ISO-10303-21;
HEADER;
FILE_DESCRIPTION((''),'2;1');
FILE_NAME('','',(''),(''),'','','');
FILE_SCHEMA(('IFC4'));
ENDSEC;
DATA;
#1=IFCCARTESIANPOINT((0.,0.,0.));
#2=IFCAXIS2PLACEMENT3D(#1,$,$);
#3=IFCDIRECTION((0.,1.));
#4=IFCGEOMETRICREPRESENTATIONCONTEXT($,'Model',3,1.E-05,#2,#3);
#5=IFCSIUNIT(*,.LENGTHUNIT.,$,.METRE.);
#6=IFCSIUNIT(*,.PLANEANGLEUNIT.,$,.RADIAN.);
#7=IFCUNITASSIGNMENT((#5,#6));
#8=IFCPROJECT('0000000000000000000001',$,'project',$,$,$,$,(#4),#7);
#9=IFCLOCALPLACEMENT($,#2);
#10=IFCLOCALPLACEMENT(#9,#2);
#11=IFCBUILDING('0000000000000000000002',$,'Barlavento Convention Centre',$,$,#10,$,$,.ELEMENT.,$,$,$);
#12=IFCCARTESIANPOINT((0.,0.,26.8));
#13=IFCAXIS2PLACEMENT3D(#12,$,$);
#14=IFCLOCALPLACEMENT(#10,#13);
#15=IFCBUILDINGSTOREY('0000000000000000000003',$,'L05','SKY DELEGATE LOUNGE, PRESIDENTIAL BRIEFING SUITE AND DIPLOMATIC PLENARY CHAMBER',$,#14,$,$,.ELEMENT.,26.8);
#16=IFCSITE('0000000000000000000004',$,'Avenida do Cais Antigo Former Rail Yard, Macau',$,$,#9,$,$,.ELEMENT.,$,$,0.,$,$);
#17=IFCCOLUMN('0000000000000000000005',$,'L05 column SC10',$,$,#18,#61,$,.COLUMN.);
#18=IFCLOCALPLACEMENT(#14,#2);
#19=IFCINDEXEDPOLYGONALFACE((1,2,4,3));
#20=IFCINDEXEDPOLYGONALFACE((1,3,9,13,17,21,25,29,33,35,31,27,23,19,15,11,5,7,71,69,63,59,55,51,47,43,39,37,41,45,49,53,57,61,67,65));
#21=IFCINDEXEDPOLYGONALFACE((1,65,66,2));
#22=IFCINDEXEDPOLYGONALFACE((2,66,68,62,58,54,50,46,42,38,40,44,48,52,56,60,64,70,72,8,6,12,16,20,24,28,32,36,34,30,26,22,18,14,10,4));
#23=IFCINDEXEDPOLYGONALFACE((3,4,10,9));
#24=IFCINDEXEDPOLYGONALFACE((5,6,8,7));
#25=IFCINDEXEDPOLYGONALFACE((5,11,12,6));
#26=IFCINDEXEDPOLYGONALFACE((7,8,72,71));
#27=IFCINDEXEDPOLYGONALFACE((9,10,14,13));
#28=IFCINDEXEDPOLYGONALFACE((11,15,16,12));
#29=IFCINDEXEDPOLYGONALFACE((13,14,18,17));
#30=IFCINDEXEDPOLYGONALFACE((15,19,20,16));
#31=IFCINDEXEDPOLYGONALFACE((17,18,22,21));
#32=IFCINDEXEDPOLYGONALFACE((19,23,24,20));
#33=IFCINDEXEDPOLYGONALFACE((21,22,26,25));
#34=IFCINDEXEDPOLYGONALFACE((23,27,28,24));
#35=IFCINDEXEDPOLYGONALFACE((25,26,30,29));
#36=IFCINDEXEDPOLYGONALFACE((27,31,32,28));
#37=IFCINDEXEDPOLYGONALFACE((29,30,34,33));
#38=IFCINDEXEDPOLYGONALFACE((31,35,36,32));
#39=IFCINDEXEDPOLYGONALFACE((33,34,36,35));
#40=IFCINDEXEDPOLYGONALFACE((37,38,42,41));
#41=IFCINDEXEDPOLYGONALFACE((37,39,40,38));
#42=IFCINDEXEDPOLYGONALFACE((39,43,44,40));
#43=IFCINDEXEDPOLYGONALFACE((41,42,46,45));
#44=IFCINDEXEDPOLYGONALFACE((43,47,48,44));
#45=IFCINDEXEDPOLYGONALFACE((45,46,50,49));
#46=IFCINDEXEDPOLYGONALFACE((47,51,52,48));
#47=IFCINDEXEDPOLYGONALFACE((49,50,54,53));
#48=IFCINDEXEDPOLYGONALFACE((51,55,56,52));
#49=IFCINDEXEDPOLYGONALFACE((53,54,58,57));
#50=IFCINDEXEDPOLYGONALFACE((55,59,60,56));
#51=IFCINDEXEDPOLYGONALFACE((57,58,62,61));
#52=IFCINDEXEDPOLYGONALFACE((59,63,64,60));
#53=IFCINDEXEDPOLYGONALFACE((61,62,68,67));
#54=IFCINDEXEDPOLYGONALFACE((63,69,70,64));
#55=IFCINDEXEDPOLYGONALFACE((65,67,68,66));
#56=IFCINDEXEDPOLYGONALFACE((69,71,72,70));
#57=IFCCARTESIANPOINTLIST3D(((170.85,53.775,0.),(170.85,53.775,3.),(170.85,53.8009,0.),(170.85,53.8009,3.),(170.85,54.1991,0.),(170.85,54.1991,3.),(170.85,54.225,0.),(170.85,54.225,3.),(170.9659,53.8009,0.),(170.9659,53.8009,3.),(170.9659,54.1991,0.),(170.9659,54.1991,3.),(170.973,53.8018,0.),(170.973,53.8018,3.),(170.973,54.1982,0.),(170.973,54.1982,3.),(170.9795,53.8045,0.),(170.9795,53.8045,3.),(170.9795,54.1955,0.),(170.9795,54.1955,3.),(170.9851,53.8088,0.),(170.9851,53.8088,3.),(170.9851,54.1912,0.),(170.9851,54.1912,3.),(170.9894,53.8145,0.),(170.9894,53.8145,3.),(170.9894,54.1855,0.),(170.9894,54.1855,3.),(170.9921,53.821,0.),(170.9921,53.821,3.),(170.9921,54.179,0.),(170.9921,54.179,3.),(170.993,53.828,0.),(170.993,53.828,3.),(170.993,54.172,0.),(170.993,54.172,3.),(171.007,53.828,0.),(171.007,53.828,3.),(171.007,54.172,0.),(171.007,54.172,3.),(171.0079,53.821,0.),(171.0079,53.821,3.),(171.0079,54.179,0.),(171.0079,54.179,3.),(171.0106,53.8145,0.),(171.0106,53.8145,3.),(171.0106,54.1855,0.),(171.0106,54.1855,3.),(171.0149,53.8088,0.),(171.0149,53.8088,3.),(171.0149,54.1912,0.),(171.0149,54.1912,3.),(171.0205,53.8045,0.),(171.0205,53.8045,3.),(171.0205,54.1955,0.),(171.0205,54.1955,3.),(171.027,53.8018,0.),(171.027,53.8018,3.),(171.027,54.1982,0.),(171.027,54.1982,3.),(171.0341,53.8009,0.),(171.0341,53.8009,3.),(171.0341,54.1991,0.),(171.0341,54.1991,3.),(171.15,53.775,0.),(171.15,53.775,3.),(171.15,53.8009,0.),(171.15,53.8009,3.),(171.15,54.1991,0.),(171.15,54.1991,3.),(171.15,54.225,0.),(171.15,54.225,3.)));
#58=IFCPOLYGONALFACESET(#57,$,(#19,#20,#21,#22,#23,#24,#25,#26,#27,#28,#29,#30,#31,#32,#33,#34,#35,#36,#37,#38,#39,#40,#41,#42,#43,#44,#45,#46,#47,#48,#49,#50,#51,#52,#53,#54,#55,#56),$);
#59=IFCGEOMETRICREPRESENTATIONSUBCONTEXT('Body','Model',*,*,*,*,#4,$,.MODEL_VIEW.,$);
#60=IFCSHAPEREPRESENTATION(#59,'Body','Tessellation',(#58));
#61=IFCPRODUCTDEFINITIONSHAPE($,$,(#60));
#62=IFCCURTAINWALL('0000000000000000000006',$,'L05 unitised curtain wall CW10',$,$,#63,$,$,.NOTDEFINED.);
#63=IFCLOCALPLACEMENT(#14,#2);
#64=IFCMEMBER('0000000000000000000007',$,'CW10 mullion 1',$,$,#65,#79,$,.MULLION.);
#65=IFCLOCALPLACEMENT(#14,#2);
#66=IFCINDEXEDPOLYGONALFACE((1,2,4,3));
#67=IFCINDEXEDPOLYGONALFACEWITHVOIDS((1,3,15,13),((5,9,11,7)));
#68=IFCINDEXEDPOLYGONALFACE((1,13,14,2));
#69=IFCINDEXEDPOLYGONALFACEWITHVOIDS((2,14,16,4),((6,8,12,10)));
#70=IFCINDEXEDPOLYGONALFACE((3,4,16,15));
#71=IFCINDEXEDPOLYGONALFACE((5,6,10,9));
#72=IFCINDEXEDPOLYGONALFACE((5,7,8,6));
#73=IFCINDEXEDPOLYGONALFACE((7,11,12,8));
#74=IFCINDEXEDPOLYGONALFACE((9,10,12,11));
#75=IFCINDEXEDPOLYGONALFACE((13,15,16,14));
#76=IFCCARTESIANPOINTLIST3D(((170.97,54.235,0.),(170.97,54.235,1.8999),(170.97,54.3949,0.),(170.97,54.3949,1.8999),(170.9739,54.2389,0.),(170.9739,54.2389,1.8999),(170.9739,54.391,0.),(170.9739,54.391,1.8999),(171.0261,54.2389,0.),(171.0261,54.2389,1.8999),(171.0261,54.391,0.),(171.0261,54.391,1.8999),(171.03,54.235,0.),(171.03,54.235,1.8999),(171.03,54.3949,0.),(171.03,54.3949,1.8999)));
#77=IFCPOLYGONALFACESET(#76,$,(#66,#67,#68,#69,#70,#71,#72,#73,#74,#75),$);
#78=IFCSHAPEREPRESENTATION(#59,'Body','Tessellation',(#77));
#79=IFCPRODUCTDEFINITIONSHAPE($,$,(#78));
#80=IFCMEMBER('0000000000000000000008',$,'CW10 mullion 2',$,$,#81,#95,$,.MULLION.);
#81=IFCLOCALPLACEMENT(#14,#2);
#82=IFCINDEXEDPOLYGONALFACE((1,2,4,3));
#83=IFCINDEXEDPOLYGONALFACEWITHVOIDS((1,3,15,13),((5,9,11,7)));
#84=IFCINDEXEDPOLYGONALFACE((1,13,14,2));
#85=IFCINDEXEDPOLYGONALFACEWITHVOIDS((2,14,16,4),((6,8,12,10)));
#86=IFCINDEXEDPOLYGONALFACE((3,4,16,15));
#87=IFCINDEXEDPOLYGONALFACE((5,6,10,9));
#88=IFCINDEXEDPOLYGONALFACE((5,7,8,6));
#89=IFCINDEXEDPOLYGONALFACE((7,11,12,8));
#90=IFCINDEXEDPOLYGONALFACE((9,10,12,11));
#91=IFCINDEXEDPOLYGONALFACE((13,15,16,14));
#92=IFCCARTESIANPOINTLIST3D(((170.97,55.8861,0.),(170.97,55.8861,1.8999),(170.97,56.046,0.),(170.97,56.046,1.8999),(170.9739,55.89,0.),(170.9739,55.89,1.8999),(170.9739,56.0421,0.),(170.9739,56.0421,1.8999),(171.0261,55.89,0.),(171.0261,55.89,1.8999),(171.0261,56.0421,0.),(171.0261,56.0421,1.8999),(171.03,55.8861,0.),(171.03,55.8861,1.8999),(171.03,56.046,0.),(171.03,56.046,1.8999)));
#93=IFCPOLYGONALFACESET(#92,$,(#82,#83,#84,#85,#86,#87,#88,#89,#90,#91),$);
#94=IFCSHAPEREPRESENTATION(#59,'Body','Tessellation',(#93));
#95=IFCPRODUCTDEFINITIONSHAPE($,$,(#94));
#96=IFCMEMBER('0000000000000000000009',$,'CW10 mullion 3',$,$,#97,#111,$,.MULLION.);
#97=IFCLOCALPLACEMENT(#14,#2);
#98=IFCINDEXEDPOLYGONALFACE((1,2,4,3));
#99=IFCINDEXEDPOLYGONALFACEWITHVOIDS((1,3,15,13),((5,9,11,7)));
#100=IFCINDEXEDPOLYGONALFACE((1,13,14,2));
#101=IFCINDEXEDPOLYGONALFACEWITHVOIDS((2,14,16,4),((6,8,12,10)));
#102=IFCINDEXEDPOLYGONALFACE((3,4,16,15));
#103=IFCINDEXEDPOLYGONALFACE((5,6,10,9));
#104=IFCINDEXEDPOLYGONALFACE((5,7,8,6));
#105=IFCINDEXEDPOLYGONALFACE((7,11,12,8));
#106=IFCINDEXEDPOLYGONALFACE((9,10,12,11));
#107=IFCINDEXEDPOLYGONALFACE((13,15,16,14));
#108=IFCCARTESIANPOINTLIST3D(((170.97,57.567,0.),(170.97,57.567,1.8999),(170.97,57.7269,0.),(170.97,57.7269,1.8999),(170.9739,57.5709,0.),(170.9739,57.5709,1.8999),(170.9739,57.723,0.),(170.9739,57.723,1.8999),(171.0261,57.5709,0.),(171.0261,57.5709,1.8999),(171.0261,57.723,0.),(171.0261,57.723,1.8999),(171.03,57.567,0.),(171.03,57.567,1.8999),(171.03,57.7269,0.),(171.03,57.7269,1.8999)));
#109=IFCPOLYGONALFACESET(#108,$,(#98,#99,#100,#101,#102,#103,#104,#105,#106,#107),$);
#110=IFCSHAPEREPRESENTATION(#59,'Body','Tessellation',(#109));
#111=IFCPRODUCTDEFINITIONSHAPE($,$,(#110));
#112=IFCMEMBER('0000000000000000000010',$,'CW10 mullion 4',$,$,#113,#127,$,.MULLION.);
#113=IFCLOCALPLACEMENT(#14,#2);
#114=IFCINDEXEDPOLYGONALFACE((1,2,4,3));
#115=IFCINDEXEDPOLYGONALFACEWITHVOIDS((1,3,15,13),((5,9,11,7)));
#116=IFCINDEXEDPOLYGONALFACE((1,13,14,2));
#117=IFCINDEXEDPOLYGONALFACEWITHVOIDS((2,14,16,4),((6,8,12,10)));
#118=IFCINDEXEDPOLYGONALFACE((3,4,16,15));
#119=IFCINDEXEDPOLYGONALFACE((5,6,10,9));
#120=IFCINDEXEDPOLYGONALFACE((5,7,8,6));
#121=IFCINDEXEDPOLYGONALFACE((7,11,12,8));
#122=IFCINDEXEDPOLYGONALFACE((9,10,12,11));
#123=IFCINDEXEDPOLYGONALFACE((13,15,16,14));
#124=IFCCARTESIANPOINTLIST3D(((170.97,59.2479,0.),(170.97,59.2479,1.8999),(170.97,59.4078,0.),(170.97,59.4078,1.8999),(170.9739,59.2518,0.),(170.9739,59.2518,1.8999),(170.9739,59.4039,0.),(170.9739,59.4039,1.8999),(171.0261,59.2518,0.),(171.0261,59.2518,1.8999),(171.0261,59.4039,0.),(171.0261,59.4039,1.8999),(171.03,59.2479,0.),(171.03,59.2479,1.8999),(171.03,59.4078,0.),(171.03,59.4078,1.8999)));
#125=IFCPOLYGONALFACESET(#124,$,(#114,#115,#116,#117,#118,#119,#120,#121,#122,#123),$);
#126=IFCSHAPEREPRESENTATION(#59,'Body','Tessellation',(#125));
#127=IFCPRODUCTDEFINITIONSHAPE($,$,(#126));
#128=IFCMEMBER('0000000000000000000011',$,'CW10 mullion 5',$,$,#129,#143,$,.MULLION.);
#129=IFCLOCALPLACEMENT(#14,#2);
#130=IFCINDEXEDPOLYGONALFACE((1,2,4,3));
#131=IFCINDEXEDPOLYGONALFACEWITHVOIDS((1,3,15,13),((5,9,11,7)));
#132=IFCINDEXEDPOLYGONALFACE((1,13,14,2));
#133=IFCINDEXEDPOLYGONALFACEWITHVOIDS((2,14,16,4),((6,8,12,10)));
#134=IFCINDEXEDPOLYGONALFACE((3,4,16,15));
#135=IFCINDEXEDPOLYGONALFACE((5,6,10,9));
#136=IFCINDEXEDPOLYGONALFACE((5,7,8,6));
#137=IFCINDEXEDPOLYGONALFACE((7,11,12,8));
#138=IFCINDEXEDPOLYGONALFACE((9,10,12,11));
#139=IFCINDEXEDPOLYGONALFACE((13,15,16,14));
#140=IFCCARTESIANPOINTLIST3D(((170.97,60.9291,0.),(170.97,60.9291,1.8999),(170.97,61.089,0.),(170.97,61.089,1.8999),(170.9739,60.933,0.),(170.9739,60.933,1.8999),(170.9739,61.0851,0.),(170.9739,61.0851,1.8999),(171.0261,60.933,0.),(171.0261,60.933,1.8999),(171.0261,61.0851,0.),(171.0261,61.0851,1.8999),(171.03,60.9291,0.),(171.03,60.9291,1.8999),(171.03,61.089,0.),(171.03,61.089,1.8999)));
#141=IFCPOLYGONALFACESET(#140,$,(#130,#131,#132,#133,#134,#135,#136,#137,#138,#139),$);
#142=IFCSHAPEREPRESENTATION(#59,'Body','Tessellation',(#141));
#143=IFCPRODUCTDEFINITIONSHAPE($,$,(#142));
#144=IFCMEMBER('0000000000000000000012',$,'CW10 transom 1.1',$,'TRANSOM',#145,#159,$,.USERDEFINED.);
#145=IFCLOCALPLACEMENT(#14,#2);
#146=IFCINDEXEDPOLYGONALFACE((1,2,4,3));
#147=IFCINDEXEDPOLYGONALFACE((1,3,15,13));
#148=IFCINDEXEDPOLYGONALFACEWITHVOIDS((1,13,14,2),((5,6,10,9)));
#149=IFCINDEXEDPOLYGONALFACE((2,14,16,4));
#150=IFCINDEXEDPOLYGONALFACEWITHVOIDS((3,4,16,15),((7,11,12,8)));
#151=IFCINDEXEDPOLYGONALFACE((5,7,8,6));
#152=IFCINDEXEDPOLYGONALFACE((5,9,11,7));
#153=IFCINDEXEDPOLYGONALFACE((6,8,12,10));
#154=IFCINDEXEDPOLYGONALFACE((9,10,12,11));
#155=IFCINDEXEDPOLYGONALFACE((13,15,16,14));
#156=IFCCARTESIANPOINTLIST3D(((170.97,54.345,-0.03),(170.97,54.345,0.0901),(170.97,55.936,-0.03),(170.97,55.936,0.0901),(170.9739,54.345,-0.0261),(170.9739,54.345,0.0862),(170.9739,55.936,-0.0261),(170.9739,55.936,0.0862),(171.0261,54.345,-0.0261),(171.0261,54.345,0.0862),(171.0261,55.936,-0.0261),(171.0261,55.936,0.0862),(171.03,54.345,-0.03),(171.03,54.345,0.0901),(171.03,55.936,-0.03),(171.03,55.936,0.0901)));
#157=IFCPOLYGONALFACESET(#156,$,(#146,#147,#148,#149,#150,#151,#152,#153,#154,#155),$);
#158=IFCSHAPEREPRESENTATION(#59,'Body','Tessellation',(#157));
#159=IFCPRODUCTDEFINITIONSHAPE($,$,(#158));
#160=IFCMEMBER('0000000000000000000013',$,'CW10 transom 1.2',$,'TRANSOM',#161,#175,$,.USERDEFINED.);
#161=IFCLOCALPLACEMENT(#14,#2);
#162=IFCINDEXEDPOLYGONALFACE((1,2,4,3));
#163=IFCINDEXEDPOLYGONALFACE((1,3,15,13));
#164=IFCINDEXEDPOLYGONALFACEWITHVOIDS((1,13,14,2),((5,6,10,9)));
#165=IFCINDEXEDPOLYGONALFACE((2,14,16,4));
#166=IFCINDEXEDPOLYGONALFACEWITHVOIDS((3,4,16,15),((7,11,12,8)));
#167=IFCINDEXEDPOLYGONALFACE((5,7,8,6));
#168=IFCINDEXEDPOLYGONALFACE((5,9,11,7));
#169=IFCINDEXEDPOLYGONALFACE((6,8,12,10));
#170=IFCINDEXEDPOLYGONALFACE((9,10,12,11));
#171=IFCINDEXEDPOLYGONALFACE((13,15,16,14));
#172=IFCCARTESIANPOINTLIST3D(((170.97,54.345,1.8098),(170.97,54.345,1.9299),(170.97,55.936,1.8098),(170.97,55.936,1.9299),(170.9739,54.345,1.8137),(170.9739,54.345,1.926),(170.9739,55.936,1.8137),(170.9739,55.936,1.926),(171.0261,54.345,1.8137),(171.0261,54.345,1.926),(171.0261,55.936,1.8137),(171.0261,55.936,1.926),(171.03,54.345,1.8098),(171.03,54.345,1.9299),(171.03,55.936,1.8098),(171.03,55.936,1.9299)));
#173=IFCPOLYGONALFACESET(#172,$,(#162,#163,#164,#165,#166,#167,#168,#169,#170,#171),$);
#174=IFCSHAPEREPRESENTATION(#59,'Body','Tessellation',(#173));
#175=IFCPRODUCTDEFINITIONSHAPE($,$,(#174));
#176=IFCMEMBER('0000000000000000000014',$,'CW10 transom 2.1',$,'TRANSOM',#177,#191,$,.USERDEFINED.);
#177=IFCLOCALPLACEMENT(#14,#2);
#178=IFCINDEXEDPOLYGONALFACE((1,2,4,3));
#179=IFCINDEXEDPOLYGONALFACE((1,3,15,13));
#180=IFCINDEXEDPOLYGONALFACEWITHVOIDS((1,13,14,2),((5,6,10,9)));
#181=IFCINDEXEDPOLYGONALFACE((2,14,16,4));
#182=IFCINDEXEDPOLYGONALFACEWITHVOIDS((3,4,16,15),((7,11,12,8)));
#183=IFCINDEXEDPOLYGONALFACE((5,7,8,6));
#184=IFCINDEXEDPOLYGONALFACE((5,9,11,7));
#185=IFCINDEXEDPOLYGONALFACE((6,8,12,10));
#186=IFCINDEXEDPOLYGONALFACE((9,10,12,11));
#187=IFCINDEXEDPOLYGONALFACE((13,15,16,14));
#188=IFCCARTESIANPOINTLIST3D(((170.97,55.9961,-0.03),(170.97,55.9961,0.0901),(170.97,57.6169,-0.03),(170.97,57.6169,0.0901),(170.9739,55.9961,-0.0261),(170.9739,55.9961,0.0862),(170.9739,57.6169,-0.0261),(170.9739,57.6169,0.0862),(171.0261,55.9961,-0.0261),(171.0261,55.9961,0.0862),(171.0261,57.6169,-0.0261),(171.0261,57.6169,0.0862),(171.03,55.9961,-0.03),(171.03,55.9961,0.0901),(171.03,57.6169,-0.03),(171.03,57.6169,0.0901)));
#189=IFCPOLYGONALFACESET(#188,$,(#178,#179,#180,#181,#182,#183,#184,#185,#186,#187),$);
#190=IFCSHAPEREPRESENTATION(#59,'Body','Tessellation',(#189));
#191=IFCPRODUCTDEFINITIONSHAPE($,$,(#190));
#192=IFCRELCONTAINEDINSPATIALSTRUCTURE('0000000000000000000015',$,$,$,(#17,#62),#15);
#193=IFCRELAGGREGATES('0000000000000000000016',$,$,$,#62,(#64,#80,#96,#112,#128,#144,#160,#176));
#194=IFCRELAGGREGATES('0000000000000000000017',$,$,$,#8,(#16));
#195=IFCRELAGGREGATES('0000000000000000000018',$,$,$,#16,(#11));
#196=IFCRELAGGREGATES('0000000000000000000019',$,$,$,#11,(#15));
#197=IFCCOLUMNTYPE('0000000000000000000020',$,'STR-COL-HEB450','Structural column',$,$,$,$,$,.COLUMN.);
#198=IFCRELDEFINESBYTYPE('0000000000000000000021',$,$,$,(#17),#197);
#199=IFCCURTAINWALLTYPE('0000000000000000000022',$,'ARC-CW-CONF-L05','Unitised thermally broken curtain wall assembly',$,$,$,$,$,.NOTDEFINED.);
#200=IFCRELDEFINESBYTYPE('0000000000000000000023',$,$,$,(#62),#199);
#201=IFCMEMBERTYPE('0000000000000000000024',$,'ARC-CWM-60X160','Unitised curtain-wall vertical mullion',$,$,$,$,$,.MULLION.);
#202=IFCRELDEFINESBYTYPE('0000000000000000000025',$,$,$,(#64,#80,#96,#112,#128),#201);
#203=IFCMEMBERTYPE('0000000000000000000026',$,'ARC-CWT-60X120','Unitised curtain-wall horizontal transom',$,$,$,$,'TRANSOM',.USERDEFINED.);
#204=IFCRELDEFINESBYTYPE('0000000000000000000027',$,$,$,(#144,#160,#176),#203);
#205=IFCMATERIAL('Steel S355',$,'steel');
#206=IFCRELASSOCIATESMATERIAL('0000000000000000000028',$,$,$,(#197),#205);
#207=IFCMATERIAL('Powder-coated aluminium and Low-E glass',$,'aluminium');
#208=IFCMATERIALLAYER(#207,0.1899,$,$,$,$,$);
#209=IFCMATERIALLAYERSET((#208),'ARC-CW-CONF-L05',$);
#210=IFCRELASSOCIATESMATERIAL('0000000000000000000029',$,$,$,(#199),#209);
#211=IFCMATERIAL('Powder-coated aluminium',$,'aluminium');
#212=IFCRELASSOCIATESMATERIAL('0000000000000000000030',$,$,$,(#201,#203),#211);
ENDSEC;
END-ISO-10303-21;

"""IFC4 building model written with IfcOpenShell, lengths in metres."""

from ifc_helpers import new_model, si_unit, direction, frame, origin, origin_2d, place, context, subcontext, project, spatial, hollow_rectangle, i_section, extrude, material, layer, layer_set, material_profile, profile_set, type_object, element, aggregate, save


model = new_model("IFC4")

# Units and contexts
model_context = context("Model", 3, precision=1e-05, world=origin(), true_north=direction((0.0, 1.0)))
body_context = subcontext(model_context, "Body", "Model", "MODEL_VIEW")
ifc_project = project(units=[si_unit("LENGTHUNIT", "METRE"), si_unit("PLANEANGLEUNIT", "RADIAN")], contexts=[model_context])

# Site, building, storey
site_placement = place(None, origin())
site = spatial("IfcSite", under=ifc_project, at=site_placement, Name="Avenida do Cais Antigo Former Rail Yard, Macau", CompositionType="ELEMENT", RefElevation=0.0)
building_placement = place(site_placement, origin())
building = spatial("IfcBuilding", under=site, at=building_placement, Name="Barlavento Convention Centre", CompositionType="ELEMENT")
storey_placement = place(building_placement, frame((0.0, 0.0, 26.8)))
storey = spatial("IfcBuildingStorey", under=building, at=storey_placement, Name="L05", Description="SKY DELEGATE LOUNGE, PRESIDENTIAL BRIEFING SUITE AND DIPLOMATIC PLENARY CHAMBER", CompositionType="ELEMENT", Elevation=26.8)

# Column
ifc_material_1 = material(Name="Steel S355", Category="steel")
ifc_material_profile_1 = material_profile(ifc_material_1, i_section(OverallWidth=0.3, OverallDepth=0.45, WebThickness=0.0139, FlangeThickness=0.0259, FilletRadius=0.0271, at=origin_2d()), Name="HEB 450")
ifc_profile_set_1 = profile_set([ifc_material_profile_1], Name="Steel S355")
column_type = type_object("IfcColumnType", Name="STR-COL-HEB450", Description="Structural column", PredefinedType="COLUMN", material=ifc_profile_set_1)
column_placement = place(storey_placement, frame((171.0, 54.0, 0.0), z_axis=(0.0, 0.0, 1.0), x_axis=(1.0, 0.0, 0.0)))
element("IfcColumn", 1, at=column_placement, inside=storey, type_object=column_type, Name="L05 column SC10", PredefinedType="COLUMN", context=body_context, shape_type="SweptSolid", body=[
    extrude(i_section(OverallWidth=0.3, OverallDepth=0.45, WebThickness=0.0139, FlangeThickness=0.0259, FilletRadius=0.0271, at=origin_2d()), origin(), (0.0, 0.0, 1.0), 3.0),
])

# Curtain wall, members
ifc_material_2 = material(Name="Powder-coated aluminium and Low-E glass", Category="aluminium")
ifc_layer_1 = layer(ifc_material_2, 0.1899)
ifc_layer_set_1 = layer_set([ifc_layer_1], Name="ARC-CW-CONF-L05")
curtain_wall_type = type_object("IfcCurtainWallType", Name="ARC-CW-CONF-L05", Description="Unitised thermally broken curtain wall assembly", PredefinedType="NOTDEFINED", material=ifc_layer_set_1)
curtain_wall_placement = place(storey_placement, origin())
curtain_wall = element("IfcCurtainWall", 2, at=curtain_wall_placement, inside=storey, type_object=curtain_wall_type, Name="L05 unitised curtain wall CW10", PredefinedType="NOTDEFINED")
ifc_material_3 = material(Name="Powder-coated aluminium", Category="aluminium")
ifc_material_profile_2 = material_profile(ifc_material_3, hollow_rectangle(XDim=0.0601, YDim=0.1599, WallThickness=0.0039, at=origin_2d()), Name="AL-MULL 60x160x4")
ifc_profile_set_2 = profile_set([ifc_material_profile_2], Name="Powder-coated aluminium")
member_type_1 = type_object("IfcMemberType", Name="ARC-CWM-60X160", Description="Unitised curtain-wall vertical mullion", PredefinedType="MULLION", material=ifc_profile_set_2)
member_1_placement = place(storey_placement, frame((171.0, 54.3149, 0.0), z_axis=(0.0, 0.0, 1.0), x_axis=(-1.0, 0.0, 0.0)))
member_1 = element("IfcMember", 3, at=member_1_placement, type_object=member_type_1, Name="CW10 mullion 1", PredefinedType="MULLION", context=body_context, shape_type="SweptSolid", body=[
    extrude(hollow_rectangle(XDim=0.0601, YDim=0.1599, WallThickness=0.0039, at=origin_2d()), origin(), (0.0, 0.0, 1.0), 1.8999),
])
member_2_placement = place(storey_placement, frame((171.0, 55.9661, 0.0), z_axis=(0.0, 0.0, 1.0), x_axis=(-1.0, 0.0, 0.0)))
member_2 = element("IfcMember", 4, at=member_2_placement, type_object=member_type_1, Name="CW10 mullion 2", PredefinedType="MULLION", context=body_context, shape_type="SweptSolid", body=[
    extrude(hollow_rectangle(XDim=0.0601, YDim=0.1599, WallThickness=0.0039, at=origin_2d()), origin(), (0.0, 0.0, 1.0), 1.8999),
])
member_3_placement = place(storey_placement, frame((171.0, 57.647, 0.0), z_axis=(0.0, 0.0, 1.0), x_axis=(-1.0, 0.0, 0.0)))
member_3 = element("IfcMember", 5, at=member_3_placement, type_object=member_type_1, Name="CW10 mullion 3", PredefinedType="MULLION", context=body_context, shape_type="SweptSolid", body=[
    extrude(hollow_rectangle(XDim=0.0601, YDim=0.1599, WallThickness=0.0039, at=origin_2d()), origin(), (0.0, 0.0, 1.0), 1.8999),
])
member_4_placement = place(storey_placement, frame((171.0, 59.3279, 0.0), z_axis=(0.0, 0.0, 1.0), x_axis=(-1.0, 0.0, 0.0)))
member_4 = element("IfcMember", 6, at=member_4_placement, type_object=member_type_1, Name="CW10 mullion 4", PredefinedType="MULLION", context=body_context, shape_type="SweptSolid", body=[
    extrude(hollow_rectangle(XDim=0.0601, YDim=0.1599, WallThickness=0.0039, at=origin_2d()), origin(), (0.0, 0.0, 1.0), 1.8999),
])
member_5_placement = place(storey_placement, frame((171.0, 61.009, 0.0), z_axis=(0.0, 0.0, 1.0), x_axis=(-1.0, 0.0, 0.0)))
member_5 = element("IfcMember", 7, at=member_5_placement, type_object=member_type_1, Name="CW10 mullion 5", PredefinedType="MULLION", context=body_context, shape_type="SweptSolid", body=[
    extrude(hollow_rectangle(XDim=0.0601, YDim=0.1599, WallThickness=0.0039, at=origin_2d()), origin(), (0.0, 0.0, 1.0), 1.8999),
])
ifc_material_profile_3 = material_profile(ifc_material_3, hollow_rectangle(XDim=0.0601, YDim=0.1201, WallThickness=0.0039, at=origin_2d()), Name="AL-TRAN 60x120x4")
ifc_profile_set_3 = profile_set([ifc_material_profile_3], Name="Powder-coated aluminium")
member_type_2 = type_object("IfcMemberType", Name="ARC-CWT-60X120", Description="Unitised curtain-wall horizontal transom", ElementType="TRANSOM", PredefinedType="USERDEFINED", material=ifc_profile_set_3)
member_6_placement = place(storey_placement, frame((171.0, 54.345, 0.03), z_axis=(0.0, 1.0, 0.0), x_axis=(-1.0, 0.0, 0.0)))
member_6 = element("IfcMember", 8, at=member_6_placement, type_object=member_type_2, Name="CW10 transom 1.1", ObjectType="TRANSOM", PredefinedType="USERDEFINED", context=body_context, shape_type="SweptSolid", body=[
    extrude(hollow_rectangle(XDim=0.0601, YDim=0.1201, WallThickness=0.0039, at=origin_2d()), origin(), (0.0, 0.0, 1.0), 1.5911),
])
member_7_placement = place(storey_placement, frame((171.0, 54.345, 1.8699), z_axis=(0.0, 1.0, 0.0), x_axis=(-1.0, 0.0, 0.0)))
member_7 = element("IfcMember", 9, at=member_7_placement, type_object=member_type_2, Name="CW10 transom 1.2", ObjectType="TRANSOM", PredefinedType="USERDEFINED", context=body_context, shape_type="SweptSolid", body=[
    extrude(hollow_rectangle(XDim=0.0601, YDim=0.1201, WallThickness=0.0039, at=origin_2d()), origin(), (0.0, 0.0, 1.0), 1.5911),
])
member_8_placement = place(storey_placement, frame((171.0, 55.9961, 0.03), z_axis=(0.0, 1.0, 0.0), x_axis=(-1.0, 0.0, 0.0)))
member_8 = element("IfcMember", 10, at=member_8_placement, type_object=member_type_2, Name="CW10 transom 2.1", ObjectType="TRANSOM", PredefinedType="USERDEFINED", context=body_context, shape_type="SweptSolid", body=[
    extrude(hollow_rectangle(XDim=0.0601, YDim=0.1201, WallThickness=0.0039, at=origin_2d()), origin(), (0.0, 0.0, 1.0), 1.6208),
])

aggregate(curtain_wall, [member_1, member_2, member_3, member_4, member_5, member_6, member_7, member_8])

save(model, "model.ifc")
